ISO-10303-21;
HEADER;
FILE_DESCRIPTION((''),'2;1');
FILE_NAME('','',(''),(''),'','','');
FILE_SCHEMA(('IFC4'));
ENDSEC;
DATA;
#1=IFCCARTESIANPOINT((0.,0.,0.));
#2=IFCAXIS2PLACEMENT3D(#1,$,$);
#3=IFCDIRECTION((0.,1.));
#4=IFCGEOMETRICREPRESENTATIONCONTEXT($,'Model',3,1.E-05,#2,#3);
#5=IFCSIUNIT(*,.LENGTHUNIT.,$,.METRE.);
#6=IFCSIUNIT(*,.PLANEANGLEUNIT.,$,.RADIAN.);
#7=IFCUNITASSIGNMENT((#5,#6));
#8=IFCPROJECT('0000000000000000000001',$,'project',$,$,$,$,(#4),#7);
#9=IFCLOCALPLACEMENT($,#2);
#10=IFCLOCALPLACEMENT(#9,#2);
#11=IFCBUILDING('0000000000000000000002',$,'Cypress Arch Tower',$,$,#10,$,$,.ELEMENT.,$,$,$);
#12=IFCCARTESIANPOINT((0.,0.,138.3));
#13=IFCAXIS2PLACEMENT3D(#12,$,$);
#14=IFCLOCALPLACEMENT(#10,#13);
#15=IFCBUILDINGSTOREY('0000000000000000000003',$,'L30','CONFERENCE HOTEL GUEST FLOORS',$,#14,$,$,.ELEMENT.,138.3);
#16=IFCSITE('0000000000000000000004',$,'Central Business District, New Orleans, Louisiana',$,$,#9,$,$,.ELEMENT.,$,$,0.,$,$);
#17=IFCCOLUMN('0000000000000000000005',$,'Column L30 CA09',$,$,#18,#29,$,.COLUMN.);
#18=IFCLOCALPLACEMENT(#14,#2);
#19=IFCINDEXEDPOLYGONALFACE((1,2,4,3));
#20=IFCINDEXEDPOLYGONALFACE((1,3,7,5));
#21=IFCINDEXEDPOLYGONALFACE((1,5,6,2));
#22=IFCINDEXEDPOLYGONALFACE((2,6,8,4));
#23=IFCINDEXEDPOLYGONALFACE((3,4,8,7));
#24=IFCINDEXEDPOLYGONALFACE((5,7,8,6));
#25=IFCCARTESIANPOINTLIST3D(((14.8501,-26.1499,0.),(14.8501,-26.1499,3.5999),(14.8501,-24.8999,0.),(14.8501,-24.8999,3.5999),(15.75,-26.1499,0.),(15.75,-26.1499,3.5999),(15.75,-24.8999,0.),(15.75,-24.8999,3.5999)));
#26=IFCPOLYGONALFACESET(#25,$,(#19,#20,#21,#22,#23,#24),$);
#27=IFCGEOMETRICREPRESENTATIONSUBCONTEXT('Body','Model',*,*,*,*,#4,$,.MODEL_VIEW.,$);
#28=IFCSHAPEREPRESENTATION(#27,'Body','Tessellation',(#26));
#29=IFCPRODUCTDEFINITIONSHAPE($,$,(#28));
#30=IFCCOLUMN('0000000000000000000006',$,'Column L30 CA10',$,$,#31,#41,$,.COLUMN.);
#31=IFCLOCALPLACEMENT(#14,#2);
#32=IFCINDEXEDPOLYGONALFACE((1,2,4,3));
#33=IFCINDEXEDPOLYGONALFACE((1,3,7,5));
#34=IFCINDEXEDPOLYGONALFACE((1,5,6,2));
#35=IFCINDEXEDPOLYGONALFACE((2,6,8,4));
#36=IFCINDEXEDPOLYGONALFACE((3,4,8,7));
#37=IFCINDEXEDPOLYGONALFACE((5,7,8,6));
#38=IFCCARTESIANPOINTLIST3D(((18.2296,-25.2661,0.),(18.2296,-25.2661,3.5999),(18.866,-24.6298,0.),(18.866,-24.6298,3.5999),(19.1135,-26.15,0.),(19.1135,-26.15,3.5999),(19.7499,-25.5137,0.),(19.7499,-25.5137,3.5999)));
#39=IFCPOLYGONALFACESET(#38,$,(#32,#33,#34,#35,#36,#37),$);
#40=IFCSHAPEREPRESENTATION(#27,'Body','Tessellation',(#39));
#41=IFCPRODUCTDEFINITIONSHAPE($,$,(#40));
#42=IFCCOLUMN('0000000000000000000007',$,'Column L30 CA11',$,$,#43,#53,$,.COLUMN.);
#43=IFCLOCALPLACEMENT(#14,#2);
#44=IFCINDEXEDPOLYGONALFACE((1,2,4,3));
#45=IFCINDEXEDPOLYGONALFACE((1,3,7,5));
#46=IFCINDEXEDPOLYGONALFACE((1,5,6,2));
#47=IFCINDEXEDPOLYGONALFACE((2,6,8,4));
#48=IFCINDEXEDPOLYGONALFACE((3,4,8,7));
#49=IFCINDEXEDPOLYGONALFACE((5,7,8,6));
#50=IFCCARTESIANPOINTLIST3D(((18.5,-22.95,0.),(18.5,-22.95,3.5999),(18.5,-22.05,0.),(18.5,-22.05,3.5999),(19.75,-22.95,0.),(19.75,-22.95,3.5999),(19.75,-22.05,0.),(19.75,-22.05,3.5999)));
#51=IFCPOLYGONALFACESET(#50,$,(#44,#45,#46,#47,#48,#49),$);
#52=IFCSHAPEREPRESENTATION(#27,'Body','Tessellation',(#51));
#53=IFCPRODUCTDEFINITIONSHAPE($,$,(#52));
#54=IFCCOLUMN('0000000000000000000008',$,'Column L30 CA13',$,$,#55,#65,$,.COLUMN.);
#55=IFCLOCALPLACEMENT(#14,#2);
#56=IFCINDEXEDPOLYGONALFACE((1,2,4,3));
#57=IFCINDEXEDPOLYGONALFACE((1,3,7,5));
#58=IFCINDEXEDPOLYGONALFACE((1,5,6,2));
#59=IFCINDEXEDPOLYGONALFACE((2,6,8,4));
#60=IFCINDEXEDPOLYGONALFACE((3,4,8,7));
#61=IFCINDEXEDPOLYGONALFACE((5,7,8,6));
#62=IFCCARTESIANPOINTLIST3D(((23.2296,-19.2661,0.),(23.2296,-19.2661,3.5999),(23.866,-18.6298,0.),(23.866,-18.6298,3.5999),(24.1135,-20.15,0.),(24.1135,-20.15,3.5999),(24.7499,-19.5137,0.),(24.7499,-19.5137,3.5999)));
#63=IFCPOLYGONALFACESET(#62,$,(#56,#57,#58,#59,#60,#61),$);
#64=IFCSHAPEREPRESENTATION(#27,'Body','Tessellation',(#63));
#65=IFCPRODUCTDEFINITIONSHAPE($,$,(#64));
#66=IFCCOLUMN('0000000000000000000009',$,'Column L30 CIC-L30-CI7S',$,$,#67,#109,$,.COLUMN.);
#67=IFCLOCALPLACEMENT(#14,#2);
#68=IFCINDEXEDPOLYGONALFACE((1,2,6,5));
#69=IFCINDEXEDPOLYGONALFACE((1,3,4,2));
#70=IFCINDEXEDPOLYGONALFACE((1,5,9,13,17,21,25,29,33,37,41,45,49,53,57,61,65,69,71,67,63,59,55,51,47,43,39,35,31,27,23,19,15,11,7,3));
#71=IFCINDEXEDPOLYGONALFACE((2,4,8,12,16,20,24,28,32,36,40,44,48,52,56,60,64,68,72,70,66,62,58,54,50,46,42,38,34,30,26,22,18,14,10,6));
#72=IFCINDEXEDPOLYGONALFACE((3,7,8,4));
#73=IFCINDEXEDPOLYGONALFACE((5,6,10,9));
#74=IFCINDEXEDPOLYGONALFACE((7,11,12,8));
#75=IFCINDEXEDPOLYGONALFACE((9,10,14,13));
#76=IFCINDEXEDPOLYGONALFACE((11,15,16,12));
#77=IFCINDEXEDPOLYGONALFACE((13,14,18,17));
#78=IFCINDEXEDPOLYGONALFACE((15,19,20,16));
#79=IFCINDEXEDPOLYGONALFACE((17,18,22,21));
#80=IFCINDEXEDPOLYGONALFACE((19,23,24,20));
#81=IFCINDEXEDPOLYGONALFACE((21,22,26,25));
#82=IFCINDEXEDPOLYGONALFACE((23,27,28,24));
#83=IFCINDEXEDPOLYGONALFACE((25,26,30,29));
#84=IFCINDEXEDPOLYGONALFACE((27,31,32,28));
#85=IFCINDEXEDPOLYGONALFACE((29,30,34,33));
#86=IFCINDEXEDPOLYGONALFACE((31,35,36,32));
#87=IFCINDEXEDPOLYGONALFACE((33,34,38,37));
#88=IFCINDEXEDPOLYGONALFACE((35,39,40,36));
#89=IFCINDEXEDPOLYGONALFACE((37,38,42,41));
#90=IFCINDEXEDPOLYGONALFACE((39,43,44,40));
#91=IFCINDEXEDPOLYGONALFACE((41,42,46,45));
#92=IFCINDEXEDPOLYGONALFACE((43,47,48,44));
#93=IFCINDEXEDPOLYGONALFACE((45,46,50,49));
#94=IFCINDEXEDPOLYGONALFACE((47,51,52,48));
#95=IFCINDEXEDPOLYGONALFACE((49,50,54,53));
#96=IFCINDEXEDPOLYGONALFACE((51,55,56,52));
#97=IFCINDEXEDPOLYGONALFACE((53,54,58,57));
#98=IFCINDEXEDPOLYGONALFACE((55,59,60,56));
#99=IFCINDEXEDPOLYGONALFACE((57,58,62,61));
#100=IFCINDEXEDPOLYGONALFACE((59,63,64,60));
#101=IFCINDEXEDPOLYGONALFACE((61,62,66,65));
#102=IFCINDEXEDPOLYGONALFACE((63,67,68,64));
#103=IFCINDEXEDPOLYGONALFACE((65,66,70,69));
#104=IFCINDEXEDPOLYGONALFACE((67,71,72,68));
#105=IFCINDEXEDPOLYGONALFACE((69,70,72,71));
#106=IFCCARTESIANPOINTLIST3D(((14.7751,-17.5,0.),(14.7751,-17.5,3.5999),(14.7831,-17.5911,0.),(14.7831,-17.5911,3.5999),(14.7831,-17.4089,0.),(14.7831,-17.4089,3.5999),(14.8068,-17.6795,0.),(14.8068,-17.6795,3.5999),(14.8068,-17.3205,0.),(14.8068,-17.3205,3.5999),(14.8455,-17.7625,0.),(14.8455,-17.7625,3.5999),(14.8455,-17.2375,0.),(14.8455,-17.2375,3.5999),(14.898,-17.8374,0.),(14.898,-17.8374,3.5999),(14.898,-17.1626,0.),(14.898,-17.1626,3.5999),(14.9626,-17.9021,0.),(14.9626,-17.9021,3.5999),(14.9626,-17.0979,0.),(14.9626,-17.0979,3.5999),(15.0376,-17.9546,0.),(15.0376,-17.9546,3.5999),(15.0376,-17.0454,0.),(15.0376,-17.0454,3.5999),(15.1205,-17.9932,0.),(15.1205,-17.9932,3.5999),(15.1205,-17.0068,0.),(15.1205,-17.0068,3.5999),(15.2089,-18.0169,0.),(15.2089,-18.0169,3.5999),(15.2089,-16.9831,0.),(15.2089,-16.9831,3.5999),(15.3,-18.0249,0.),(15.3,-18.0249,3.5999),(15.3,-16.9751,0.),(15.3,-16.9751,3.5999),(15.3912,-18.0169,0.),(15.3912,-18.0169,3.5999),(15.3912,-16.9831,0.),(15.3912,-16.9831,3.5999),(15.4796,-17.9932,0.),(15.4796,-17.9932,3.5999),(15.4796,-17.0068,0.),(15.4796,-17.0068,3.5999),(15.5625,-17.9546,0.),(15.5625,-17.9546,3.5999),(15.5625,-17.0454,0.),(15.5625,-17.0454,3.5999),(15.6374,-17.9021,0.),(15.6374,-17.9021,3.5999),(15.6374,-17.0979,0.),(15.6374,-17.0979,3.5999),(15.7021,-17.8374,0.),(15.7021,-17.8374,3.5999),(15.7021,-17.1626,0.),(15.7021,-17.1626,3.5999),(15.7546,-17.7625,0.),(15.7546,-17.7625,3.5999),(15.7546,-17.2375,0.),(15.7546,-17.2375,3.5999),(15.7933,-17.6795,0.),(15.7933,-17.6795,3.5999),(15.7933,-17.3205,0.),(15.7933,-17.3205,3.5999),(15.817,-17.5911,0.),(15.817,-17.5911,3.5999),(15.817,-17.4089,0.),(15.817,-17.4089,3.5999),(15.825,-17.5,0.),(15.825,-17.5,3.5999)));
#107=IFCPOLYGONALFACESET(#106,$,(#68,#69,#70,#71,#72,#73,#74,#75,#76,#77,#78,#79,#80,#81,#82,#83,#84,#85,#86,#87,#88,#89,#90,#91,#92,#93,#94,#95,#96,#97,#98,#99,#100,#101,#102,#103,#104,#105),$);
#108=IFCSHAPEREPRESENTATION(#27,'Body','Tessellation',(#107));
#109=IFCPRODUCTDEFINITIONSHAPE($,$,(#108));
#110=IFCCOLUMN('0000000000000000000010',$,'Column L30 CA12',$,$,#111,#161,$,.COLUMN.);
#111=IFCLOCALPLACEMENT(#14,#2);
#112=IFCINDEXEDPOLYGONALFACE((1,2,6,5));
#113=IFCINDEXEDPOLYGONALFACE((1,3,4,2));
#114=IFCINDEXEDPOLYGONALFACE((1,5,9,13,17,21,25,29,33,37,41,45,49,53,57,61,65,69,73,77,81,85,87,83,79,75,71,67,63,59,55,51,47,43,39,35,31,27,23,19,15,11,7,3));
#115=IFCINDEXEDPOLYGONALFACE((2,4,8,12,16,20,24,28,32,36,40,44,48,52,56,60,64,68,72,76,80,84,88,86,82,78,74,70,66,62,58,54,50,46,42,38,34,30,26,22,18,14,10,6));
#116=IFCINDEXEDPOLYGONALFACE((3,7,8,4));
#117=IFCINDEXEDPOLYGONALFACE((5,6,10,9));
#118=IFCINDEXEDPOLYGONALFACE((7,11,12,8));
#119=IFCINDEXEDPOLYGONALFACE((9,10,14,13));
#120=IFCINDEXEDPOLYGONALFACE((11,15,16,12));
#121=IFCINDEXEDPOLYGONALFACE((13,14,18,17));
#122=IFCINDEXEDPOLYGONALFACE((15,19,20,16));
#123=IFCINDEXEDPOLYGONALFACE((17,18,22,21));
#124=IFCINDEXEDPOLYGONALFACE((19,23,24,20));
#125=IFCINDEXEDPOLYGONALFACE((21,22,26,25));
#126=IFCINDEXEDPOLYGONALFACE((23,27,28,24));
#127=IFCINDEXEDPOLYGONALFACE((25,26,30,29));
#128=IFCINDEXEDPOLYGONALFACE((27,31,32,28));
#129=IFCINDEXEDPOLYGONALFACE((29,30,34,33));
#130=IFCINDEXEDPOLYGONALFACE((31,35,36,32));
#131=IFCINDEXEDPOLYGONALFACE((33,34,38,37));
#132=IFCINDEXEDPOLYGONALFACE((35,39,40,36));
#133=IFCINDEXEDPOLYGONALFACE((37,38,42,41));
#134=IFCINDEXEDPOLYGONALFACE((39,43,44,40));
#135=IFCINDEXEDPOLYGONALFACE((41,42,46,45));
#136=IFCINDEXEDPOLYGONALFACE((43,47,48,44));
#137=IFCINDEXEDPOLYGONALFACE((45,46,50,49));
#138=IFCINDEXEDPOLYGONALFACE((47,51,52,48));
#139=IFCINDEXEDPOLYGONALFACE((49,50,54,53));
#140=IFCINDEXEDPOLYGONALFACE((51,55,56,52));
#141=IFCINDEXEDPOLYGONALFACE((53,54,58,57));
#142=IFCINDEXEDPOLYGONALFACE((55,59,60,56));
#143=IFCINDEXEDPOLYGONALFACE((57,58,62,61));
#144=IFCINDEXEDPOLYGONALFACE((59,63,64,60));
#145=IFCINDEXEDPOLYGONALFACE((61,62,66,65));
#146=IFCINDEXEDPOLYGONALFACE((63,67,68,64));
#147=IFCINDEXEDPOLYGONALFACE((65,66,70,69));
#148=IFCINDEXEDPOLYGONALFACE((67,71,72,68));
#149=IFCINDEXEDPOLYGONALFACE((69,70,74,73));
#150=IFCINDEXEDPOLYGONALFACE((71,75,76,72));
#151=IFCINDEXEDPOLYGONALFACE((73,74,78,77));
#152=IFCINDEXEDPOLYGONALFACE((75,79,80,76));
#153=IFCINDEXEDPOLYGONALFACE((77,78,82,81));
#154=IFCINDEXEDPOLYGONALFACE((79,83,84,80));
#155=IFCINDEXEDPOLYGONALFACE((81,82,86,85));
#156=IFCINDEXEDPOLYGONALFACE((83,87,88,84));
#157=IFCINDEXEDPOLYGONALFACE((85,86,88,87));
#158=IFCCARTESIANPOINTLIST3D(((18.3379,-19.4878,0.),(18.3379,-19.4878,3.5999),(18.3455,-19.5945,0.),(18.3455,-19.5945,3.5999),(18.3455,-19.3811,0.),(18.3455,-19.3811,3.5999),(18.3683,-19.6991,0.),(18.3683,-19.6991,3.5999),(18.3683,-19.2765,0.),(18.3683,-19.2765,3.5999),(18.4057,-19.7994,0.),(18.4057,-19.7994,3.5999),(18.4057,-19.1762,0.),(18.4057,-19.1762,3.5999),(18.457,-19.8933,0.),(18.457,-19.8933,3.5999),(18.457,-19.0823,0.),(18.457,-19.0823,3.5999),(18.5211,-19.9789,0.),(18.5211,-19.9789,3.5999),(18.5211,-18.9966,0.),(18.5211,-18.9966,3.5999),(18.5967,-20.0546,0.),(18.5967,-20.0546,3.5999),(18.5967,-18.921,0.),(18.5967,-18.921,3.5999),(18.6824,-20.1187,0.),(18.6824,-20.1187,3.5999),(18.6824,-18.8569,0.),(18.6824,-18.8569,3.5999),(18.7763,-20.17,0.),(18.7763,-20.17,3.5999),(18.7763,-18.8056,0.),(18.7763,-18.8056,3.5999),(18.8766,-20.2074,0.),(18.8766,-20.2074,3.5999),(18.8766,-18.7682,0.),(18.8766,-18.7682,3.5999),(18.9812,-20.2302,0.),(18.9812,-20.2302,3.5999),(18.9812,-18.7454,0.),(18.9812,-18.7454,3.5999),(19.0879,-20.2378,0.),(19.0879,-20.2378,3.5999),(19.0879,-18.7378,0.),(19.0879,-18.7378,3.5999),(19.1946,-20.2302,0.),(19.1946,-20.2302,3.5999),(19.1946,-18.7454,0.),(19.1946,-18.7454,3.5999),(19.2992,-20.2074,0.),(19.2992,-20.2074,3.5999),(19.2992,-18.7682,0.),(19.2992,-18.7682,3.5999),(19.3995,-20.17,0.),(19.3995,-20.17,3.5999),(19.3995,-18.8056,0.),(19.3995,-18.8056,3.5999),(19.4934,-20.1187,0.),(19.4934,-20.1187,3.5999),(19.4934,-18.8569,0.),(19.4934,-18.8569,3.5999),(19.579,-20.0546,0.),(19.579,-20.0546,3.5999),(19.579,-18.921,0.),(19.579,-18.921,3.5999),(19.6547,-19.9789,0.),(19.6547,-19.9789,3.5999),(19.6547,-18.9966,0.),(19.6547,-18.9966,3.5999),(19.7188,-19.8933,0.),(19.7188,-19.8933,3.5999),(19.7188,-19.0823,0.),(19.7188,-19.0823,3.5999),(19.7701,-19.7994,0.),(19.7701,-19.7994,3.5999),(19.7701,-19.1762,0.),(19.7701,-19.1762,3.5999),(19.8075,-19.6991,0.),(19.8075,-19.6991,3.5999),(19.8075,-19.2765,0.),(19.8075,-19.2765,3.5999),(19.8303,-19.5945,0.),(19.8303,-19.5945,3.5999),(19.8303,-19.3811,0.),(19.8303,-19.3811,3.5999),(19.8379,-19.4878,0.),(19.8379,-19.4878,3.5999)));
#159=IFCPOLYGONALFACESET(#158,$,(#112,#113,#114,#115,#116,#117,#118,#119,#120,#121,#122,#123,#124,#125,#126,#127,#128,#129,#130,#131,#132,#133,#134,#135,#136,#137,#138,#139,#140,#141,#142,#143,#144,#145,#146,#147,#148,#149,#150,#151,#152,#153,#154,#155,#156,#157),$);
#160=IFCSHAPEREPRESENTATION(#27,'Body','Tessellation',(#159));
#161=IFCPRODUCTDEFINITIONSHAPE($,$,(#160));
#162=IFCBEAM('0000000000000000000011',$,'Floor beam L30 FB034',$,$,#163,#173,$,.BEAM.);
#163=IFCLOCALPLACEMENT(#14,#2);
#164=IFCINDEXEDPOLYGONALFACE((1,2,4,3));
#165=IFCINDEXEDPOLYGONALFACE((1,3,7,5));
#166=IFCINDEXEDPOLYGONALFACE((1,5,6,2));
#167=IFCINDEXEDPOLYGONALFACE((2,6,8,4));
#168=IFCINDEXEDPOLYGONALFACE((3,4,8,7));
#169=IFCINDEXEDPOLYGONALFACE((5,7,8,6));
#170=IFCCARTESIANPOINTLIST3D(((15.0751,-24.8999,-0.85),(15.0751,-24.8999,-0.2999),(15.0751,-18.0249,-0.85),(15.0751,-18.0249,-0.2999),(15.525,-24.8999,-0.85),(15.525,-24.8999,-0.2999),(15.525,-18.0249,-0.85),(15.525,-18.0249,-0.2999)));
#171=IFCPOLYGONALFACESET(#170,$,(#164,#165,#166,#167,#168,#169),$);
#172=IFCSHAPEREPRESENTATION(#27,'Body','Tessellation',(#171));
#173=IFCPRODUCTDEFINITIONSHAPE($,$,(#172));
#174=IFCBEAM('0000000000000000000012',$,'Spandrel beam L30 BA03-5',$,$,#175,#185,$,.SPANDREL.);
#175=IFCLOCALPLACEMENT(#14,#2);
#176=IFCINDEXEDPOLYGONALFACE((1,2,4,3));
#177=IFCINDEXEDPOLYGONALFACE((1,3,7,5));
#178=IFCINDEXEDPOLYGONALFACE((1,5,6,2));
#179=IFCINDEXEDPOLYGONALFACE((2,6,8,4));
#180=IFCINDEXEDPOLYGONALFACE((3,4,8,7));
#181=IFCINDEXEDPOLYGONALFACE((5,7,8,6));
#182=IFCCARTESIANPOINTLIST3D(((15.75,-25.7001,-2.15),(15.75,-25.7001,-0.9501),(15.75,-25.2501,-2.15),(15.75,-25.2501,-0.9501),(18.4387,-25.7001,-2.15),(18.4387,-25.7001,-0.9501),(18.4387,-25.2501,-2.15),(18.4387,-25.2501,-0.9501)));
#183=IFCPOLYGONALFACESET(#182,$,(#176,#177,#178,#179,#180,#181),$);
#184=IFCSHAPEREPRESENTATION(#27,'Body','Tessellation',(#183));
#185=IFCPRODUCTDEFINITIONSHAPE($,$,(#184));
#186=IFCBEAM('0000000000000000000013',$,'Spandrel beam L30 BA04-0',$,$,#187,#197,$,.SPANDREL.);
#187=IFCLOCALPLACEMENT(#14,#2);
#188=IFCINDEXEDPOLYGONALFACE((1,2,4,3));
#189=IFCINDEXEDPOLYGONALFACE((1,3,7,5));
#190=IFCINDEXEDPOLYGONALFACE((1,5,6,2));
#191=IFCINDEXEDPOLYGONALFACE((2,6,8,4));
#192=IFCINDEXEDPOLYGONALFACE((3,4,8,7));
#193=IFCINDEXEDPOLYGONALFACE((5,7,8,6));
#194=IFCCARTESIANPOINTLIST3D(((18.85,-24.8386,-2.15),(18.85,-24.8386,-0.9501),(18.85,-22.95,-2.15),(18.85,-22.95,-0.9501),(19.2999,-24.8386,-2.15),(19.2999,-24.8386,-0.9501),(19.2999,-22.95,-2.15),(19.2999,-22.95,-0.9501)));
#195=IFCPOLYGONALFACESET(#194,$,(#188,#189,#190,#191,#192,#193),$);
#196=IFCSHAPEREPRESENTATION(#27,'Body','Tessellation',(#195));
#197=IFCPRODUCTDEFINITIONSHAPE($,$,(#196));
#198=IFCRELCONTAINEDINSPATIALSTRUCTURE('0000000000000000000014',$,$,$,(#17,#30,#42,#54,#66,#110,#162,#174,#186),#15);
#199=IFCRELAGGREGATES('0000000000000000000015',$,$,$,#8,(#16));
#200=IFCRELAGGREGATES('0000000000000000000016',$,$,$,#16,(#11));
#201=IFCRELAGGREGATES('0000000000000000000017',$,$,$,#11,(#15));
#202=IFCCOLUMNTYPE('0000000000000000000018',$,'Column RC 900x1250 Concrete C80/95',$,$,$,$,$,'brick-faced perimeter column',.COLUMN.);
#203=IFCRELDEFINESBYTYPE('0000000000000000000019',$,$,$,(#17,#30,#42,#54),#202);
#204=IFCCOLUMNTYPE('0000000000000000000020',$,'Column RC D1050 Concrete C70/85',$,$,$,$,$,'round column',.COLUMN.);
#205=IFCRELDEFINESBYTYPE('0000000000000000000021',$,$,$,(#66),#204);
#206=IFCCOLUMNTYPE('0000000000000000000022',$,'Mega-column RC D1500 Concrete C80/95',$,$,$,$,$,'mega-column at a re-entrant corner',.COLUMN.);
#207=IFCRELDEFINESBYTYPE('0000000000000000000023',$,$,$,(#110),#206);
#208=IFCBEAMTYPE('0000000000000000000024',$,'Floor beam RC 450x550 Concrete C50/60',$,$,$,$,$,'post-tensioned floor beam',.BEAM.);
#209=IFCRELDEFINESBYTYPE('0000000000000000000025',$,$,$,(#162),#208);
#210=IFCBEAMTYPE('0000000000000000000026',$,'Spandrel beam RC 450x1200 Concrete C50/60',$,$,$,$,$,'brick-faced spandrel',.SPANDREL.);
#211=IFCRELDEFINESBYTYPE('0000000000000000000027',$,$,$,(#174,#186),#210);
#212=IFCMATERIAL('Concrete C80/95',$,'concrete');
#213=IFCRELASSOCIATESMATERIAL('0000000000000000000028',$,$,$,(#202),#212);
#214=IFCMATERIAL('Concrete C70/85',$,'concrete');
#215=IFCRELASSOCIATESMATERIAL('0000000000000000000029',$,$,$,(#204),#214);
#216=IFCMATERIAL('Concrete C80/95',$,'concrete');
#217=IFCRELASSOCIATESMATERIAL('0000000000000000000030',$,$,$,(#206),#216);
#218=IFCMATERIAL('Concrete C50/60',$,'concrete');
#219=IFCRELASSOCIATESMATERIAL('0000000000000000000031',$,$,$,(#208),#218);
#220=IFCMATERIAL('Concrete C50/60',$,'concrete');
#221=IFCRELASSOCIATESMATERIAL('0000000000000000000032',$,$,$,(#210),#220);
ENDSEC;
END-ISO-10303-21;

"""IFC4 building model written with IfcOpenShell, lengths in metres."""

from ifc_helpers import new_model, si_unit, direction, frame, origin, origin_2d, place, context, subcontext, project, spatial, rectangle, circle, extrude, material, material_profile, profile_set, type_object, element, save


model = new_model("IFC4")

# Units and contexts
model_context = context("Model", 3, precision=1e-05, world=origin(), true_north=direction((0.0, 1.0)))
body_context = subcontext(model_context, "Body", "Model", "MODEL_VIEW")
ifc_project = project(units=[si_unit("LENGTHUNIT", "METRE"), si_unit("PLANEANGLEUNIT", "RADIAN")], contexts=[model_context])

# Site, building, storey
site_placement = place(None, origin())
site = spatial("IfcSite", under=ifc_project, at=site_placement, Name="Central Business District, New Orleans, Louisiana", CompositionType="ELEMENT", RefElevation=0.0)
building_placement = place(site_placement, origin())
building = spatial("IfcBuilding", under=site, at=building_placement, Name="Cypress Arch Tower", CompositionType="ELEMENT")
storey_placement = place(building_placement, frame((0.0, 0.0, 138.3)))
storey = spatial("IfcBuildingStorey", under=building, at=storey_placement, Name="L30", Description="CONFERENCE HOTEL GUEST FLOORS", CompositionType="ELEMENT", Elevation=138.3)

# Columns
ifc_material_1 = material(Name="Concrete C80/95", Category="concrete")
ifc_material_profile_1 = material_profile(ifc_material_1, rectangle(XDim=0.8999, YDim=1.25, at=origin_2d()), Name="RC 900x1250")
ifc_profile_set_1 = profile_set([ifc_material_profile_1], Name="Concrete C80/95")
column_type_1 = type_object("IfcColumnType", Name="Column RC 900x1250 Concrete C80/95", ElementType="brick-faced perimeter column", PredefinedType="COLUMN", material=ifc_profile_set_1)
for number, where, z_axis, x_axis, name in (
    (1, (15.3, -25.5249, 0.0), (0.0, 0.0, 1.0), (1.0, 0.0, 0.0), "Column L30 CA09"),
    (2, (18.9897, -25.3899, 0.0), (0.0, 0.0, 1.0), (0.707107, 0.707107, 0.0), "Column L30 CA10"),
    (3, (19.125, -22.5, 0.0), (0.0, 0.0, 1.0), (0.0, 1.0, 0.0), "Column L30 CA11"),
    (4, (23.9897, -19.3899, 0.0), (0.0, 0.0, 1.0), (0.707107, 0.707107, 0.0), "Column L30 CA13"),
):
    element("IfcColumn", number, at=place(storey_placement, frame(where, z_axis=z_axis, x_axis=x_axis)), inside=storey, type_object=column_type_1, Name=name, PredefinedType="COLUMN", context=body_context, shape_type="SweptSolid", body=[
        extrude(rectangle(XDim=0.8999, YDim=1.25, at=origin_2d()), origin(), (0.0, 0.0, 1.0), 3.5999),
    ])
ifc_material_2 = material(Name="Concrete C70/85", Category="concrete")
ifc_material_profile_2 = material_profile(ifc_material_2, circle(Radius=0.5249, at=origin_2d()), Name="RC D1050")
ifc_profile_set_2 = profile_set([ifc_material_profile_2], Name="Concrete C70/85")
column_type_2 = type_object("IfcColumnType", Name="Column RC D1050 Concrete C70/85", ElementType="round column", PredefinedType="COLUMN", material=ifc_profile_set_2)
column_1_placement = place(storey_placement, frame((15.3, -17.5, 0.0), z_axis=(0.0, 0.0, 1.0), x_axis=(1.0, 0.0, 0.0)))
element("IfcColumn", 5, at=column_1_placement, inside=storey, type_object=column_type_2, Name="Column L30 CIC-L30-CI7S", PredefinedType="COLUMN", context=body_context, shape_type="SweptSolid", body=[
    extrude(circle(Radius=0.5249, at=origin_2d()), origin(), (0.0, 0.0, 1.0), 3.5999),
])
ifc_material_3 = material(Name="Concrete C80/95", Category="concrete")
ifc_material_profile_3 = material_profile(ifc_material_3, circle(Radius=0.75, at=origin_2d()), Name="RC D1500")
ifc_profile_set_3 = profile_set([ifc_material_profile_3], Name="Concrete C80/95")
column_type_3 = type_object("IfcColumnType", Name="Mega-column RC D1500 Concrete C80/95", ElementType="mega-column at a re-entrant corner", PredefinedType="COLUMN", material=ifc_profile_set_3)
column_2_placement = place(storey_placement, frame((19.0879, -19.4878, 0.0), z_axis=(0.0, 0.0, 1.0), x_axis=(1.0, 0.0, 0.0)))
element("IfcColumn", 6, at=column_2_placement, inside=storey, type_object=column_type_3, Name="Column L30 CA12", PredefinedType="COLUMN", context=body_context, shape_type="SweptSolid", body=[
    extrude(circle(Radius=0.75, at=origin_2d()), origin(), (0.0, 0.0, 1.0), 3.5999),
])

# Beams
ifc_material_4 = material(Name="Concrete C50/60", Category="concrete")
ifc_material_profile_4 = material_profile(ifc_material_4, rectangle(XDim=0.45, YDim=0.55, at=origin_2d()), Name="RC 450x550")
ifc_profile_set_4 = profile_set([ifc_material_profile_4], Name="Concrete C50/60")
beam_type_1 = type_object("IfcBeamType", Name="Floor beam RC 450x550 Concrete C50/60", ElementType="post-tensioned floor beam", PredefinedType="BEAM", material=ifc_profile_set_4)
beam_1_placement = place(storey_placement, frame((15.3, -24.8999, -0.575), z_axis=(0.0, 1.0, 0.0), x_axis=(-1.0, 0.0, 0.0)))
element("IfcBeam", 7, at=beam_1_placement, inside=storey, type_object=beam_type_1, Name="Floor beam L30 FB034", PredefinedType="BEAM", context=body_context, shape_type="SweptSolid", body=[
    extrude(rectangle(XDim=0.45, YDim=0.55, at=origin_2d()), origin(), (0.0, 0.0, 1.0), 6.875),
])
ifc_material_5 = material(Name="Concrete C50/60", Category="concrete")
ifc_material_profile_5 = material_profile(ifc_material_5, rectangle(XDim=0.45, YDim=1.2, at=origin_2d()), Name="RC 450x1200")
ifc_profile_set_5 = profile_set([ifc_material_profile_5], Name="Concrete C50/60")
beam_type_2 = type_object("IfcBeamType", Name="Spandrel beam RC 450x1200 Concrete C50/60", ElementType="brick-faced spandrel", PredefinedType="SPANDREL", material=ifc_profile_set_5)
beam_2_placement = place(storey_placement, frame((15.75, -25.4751, -1.55), z_axis=(1.0, 0.0, 0.0), x_axis=(0.0, 1.0, 0.0)))
element("IfcBeam", 8, at=beam_2_placement, inside=storey, type_object=beam_type_2, Name="Spandrel beam L30 BA03-5", PredefinedType="SPANDREL", context=body_context, shape_type="SweptSolid", body=[
    extrude(rectangle(XDim=0.45, YDim=1.2, at=origin_2d()), origin(), (0.0, 0.0, 1.0), 2.6887),
])
beam_3_placement = place(storey_placement, frame((19.075, -24.8386, -1.55), z_axis=(0.0, 1.0, 0.0), x_axis=(-1.0, 0.0, 0.0)))
element("IfcBeam", 9, at=beam_3_placement, inside=storey, type_object=beam_type_2, Name="Spandrel beam L30 BA04-0", PredefinedType="SPANDREL", context=body_context, shape_type="SweptSolid", body=[
    extrude(rectangle(XDim=0.45, YDim=1.2, at=origin_2d()), origin(), (0.0, 0.0, 1.0), 1.8887),
])

save(model, "model.ifc")
